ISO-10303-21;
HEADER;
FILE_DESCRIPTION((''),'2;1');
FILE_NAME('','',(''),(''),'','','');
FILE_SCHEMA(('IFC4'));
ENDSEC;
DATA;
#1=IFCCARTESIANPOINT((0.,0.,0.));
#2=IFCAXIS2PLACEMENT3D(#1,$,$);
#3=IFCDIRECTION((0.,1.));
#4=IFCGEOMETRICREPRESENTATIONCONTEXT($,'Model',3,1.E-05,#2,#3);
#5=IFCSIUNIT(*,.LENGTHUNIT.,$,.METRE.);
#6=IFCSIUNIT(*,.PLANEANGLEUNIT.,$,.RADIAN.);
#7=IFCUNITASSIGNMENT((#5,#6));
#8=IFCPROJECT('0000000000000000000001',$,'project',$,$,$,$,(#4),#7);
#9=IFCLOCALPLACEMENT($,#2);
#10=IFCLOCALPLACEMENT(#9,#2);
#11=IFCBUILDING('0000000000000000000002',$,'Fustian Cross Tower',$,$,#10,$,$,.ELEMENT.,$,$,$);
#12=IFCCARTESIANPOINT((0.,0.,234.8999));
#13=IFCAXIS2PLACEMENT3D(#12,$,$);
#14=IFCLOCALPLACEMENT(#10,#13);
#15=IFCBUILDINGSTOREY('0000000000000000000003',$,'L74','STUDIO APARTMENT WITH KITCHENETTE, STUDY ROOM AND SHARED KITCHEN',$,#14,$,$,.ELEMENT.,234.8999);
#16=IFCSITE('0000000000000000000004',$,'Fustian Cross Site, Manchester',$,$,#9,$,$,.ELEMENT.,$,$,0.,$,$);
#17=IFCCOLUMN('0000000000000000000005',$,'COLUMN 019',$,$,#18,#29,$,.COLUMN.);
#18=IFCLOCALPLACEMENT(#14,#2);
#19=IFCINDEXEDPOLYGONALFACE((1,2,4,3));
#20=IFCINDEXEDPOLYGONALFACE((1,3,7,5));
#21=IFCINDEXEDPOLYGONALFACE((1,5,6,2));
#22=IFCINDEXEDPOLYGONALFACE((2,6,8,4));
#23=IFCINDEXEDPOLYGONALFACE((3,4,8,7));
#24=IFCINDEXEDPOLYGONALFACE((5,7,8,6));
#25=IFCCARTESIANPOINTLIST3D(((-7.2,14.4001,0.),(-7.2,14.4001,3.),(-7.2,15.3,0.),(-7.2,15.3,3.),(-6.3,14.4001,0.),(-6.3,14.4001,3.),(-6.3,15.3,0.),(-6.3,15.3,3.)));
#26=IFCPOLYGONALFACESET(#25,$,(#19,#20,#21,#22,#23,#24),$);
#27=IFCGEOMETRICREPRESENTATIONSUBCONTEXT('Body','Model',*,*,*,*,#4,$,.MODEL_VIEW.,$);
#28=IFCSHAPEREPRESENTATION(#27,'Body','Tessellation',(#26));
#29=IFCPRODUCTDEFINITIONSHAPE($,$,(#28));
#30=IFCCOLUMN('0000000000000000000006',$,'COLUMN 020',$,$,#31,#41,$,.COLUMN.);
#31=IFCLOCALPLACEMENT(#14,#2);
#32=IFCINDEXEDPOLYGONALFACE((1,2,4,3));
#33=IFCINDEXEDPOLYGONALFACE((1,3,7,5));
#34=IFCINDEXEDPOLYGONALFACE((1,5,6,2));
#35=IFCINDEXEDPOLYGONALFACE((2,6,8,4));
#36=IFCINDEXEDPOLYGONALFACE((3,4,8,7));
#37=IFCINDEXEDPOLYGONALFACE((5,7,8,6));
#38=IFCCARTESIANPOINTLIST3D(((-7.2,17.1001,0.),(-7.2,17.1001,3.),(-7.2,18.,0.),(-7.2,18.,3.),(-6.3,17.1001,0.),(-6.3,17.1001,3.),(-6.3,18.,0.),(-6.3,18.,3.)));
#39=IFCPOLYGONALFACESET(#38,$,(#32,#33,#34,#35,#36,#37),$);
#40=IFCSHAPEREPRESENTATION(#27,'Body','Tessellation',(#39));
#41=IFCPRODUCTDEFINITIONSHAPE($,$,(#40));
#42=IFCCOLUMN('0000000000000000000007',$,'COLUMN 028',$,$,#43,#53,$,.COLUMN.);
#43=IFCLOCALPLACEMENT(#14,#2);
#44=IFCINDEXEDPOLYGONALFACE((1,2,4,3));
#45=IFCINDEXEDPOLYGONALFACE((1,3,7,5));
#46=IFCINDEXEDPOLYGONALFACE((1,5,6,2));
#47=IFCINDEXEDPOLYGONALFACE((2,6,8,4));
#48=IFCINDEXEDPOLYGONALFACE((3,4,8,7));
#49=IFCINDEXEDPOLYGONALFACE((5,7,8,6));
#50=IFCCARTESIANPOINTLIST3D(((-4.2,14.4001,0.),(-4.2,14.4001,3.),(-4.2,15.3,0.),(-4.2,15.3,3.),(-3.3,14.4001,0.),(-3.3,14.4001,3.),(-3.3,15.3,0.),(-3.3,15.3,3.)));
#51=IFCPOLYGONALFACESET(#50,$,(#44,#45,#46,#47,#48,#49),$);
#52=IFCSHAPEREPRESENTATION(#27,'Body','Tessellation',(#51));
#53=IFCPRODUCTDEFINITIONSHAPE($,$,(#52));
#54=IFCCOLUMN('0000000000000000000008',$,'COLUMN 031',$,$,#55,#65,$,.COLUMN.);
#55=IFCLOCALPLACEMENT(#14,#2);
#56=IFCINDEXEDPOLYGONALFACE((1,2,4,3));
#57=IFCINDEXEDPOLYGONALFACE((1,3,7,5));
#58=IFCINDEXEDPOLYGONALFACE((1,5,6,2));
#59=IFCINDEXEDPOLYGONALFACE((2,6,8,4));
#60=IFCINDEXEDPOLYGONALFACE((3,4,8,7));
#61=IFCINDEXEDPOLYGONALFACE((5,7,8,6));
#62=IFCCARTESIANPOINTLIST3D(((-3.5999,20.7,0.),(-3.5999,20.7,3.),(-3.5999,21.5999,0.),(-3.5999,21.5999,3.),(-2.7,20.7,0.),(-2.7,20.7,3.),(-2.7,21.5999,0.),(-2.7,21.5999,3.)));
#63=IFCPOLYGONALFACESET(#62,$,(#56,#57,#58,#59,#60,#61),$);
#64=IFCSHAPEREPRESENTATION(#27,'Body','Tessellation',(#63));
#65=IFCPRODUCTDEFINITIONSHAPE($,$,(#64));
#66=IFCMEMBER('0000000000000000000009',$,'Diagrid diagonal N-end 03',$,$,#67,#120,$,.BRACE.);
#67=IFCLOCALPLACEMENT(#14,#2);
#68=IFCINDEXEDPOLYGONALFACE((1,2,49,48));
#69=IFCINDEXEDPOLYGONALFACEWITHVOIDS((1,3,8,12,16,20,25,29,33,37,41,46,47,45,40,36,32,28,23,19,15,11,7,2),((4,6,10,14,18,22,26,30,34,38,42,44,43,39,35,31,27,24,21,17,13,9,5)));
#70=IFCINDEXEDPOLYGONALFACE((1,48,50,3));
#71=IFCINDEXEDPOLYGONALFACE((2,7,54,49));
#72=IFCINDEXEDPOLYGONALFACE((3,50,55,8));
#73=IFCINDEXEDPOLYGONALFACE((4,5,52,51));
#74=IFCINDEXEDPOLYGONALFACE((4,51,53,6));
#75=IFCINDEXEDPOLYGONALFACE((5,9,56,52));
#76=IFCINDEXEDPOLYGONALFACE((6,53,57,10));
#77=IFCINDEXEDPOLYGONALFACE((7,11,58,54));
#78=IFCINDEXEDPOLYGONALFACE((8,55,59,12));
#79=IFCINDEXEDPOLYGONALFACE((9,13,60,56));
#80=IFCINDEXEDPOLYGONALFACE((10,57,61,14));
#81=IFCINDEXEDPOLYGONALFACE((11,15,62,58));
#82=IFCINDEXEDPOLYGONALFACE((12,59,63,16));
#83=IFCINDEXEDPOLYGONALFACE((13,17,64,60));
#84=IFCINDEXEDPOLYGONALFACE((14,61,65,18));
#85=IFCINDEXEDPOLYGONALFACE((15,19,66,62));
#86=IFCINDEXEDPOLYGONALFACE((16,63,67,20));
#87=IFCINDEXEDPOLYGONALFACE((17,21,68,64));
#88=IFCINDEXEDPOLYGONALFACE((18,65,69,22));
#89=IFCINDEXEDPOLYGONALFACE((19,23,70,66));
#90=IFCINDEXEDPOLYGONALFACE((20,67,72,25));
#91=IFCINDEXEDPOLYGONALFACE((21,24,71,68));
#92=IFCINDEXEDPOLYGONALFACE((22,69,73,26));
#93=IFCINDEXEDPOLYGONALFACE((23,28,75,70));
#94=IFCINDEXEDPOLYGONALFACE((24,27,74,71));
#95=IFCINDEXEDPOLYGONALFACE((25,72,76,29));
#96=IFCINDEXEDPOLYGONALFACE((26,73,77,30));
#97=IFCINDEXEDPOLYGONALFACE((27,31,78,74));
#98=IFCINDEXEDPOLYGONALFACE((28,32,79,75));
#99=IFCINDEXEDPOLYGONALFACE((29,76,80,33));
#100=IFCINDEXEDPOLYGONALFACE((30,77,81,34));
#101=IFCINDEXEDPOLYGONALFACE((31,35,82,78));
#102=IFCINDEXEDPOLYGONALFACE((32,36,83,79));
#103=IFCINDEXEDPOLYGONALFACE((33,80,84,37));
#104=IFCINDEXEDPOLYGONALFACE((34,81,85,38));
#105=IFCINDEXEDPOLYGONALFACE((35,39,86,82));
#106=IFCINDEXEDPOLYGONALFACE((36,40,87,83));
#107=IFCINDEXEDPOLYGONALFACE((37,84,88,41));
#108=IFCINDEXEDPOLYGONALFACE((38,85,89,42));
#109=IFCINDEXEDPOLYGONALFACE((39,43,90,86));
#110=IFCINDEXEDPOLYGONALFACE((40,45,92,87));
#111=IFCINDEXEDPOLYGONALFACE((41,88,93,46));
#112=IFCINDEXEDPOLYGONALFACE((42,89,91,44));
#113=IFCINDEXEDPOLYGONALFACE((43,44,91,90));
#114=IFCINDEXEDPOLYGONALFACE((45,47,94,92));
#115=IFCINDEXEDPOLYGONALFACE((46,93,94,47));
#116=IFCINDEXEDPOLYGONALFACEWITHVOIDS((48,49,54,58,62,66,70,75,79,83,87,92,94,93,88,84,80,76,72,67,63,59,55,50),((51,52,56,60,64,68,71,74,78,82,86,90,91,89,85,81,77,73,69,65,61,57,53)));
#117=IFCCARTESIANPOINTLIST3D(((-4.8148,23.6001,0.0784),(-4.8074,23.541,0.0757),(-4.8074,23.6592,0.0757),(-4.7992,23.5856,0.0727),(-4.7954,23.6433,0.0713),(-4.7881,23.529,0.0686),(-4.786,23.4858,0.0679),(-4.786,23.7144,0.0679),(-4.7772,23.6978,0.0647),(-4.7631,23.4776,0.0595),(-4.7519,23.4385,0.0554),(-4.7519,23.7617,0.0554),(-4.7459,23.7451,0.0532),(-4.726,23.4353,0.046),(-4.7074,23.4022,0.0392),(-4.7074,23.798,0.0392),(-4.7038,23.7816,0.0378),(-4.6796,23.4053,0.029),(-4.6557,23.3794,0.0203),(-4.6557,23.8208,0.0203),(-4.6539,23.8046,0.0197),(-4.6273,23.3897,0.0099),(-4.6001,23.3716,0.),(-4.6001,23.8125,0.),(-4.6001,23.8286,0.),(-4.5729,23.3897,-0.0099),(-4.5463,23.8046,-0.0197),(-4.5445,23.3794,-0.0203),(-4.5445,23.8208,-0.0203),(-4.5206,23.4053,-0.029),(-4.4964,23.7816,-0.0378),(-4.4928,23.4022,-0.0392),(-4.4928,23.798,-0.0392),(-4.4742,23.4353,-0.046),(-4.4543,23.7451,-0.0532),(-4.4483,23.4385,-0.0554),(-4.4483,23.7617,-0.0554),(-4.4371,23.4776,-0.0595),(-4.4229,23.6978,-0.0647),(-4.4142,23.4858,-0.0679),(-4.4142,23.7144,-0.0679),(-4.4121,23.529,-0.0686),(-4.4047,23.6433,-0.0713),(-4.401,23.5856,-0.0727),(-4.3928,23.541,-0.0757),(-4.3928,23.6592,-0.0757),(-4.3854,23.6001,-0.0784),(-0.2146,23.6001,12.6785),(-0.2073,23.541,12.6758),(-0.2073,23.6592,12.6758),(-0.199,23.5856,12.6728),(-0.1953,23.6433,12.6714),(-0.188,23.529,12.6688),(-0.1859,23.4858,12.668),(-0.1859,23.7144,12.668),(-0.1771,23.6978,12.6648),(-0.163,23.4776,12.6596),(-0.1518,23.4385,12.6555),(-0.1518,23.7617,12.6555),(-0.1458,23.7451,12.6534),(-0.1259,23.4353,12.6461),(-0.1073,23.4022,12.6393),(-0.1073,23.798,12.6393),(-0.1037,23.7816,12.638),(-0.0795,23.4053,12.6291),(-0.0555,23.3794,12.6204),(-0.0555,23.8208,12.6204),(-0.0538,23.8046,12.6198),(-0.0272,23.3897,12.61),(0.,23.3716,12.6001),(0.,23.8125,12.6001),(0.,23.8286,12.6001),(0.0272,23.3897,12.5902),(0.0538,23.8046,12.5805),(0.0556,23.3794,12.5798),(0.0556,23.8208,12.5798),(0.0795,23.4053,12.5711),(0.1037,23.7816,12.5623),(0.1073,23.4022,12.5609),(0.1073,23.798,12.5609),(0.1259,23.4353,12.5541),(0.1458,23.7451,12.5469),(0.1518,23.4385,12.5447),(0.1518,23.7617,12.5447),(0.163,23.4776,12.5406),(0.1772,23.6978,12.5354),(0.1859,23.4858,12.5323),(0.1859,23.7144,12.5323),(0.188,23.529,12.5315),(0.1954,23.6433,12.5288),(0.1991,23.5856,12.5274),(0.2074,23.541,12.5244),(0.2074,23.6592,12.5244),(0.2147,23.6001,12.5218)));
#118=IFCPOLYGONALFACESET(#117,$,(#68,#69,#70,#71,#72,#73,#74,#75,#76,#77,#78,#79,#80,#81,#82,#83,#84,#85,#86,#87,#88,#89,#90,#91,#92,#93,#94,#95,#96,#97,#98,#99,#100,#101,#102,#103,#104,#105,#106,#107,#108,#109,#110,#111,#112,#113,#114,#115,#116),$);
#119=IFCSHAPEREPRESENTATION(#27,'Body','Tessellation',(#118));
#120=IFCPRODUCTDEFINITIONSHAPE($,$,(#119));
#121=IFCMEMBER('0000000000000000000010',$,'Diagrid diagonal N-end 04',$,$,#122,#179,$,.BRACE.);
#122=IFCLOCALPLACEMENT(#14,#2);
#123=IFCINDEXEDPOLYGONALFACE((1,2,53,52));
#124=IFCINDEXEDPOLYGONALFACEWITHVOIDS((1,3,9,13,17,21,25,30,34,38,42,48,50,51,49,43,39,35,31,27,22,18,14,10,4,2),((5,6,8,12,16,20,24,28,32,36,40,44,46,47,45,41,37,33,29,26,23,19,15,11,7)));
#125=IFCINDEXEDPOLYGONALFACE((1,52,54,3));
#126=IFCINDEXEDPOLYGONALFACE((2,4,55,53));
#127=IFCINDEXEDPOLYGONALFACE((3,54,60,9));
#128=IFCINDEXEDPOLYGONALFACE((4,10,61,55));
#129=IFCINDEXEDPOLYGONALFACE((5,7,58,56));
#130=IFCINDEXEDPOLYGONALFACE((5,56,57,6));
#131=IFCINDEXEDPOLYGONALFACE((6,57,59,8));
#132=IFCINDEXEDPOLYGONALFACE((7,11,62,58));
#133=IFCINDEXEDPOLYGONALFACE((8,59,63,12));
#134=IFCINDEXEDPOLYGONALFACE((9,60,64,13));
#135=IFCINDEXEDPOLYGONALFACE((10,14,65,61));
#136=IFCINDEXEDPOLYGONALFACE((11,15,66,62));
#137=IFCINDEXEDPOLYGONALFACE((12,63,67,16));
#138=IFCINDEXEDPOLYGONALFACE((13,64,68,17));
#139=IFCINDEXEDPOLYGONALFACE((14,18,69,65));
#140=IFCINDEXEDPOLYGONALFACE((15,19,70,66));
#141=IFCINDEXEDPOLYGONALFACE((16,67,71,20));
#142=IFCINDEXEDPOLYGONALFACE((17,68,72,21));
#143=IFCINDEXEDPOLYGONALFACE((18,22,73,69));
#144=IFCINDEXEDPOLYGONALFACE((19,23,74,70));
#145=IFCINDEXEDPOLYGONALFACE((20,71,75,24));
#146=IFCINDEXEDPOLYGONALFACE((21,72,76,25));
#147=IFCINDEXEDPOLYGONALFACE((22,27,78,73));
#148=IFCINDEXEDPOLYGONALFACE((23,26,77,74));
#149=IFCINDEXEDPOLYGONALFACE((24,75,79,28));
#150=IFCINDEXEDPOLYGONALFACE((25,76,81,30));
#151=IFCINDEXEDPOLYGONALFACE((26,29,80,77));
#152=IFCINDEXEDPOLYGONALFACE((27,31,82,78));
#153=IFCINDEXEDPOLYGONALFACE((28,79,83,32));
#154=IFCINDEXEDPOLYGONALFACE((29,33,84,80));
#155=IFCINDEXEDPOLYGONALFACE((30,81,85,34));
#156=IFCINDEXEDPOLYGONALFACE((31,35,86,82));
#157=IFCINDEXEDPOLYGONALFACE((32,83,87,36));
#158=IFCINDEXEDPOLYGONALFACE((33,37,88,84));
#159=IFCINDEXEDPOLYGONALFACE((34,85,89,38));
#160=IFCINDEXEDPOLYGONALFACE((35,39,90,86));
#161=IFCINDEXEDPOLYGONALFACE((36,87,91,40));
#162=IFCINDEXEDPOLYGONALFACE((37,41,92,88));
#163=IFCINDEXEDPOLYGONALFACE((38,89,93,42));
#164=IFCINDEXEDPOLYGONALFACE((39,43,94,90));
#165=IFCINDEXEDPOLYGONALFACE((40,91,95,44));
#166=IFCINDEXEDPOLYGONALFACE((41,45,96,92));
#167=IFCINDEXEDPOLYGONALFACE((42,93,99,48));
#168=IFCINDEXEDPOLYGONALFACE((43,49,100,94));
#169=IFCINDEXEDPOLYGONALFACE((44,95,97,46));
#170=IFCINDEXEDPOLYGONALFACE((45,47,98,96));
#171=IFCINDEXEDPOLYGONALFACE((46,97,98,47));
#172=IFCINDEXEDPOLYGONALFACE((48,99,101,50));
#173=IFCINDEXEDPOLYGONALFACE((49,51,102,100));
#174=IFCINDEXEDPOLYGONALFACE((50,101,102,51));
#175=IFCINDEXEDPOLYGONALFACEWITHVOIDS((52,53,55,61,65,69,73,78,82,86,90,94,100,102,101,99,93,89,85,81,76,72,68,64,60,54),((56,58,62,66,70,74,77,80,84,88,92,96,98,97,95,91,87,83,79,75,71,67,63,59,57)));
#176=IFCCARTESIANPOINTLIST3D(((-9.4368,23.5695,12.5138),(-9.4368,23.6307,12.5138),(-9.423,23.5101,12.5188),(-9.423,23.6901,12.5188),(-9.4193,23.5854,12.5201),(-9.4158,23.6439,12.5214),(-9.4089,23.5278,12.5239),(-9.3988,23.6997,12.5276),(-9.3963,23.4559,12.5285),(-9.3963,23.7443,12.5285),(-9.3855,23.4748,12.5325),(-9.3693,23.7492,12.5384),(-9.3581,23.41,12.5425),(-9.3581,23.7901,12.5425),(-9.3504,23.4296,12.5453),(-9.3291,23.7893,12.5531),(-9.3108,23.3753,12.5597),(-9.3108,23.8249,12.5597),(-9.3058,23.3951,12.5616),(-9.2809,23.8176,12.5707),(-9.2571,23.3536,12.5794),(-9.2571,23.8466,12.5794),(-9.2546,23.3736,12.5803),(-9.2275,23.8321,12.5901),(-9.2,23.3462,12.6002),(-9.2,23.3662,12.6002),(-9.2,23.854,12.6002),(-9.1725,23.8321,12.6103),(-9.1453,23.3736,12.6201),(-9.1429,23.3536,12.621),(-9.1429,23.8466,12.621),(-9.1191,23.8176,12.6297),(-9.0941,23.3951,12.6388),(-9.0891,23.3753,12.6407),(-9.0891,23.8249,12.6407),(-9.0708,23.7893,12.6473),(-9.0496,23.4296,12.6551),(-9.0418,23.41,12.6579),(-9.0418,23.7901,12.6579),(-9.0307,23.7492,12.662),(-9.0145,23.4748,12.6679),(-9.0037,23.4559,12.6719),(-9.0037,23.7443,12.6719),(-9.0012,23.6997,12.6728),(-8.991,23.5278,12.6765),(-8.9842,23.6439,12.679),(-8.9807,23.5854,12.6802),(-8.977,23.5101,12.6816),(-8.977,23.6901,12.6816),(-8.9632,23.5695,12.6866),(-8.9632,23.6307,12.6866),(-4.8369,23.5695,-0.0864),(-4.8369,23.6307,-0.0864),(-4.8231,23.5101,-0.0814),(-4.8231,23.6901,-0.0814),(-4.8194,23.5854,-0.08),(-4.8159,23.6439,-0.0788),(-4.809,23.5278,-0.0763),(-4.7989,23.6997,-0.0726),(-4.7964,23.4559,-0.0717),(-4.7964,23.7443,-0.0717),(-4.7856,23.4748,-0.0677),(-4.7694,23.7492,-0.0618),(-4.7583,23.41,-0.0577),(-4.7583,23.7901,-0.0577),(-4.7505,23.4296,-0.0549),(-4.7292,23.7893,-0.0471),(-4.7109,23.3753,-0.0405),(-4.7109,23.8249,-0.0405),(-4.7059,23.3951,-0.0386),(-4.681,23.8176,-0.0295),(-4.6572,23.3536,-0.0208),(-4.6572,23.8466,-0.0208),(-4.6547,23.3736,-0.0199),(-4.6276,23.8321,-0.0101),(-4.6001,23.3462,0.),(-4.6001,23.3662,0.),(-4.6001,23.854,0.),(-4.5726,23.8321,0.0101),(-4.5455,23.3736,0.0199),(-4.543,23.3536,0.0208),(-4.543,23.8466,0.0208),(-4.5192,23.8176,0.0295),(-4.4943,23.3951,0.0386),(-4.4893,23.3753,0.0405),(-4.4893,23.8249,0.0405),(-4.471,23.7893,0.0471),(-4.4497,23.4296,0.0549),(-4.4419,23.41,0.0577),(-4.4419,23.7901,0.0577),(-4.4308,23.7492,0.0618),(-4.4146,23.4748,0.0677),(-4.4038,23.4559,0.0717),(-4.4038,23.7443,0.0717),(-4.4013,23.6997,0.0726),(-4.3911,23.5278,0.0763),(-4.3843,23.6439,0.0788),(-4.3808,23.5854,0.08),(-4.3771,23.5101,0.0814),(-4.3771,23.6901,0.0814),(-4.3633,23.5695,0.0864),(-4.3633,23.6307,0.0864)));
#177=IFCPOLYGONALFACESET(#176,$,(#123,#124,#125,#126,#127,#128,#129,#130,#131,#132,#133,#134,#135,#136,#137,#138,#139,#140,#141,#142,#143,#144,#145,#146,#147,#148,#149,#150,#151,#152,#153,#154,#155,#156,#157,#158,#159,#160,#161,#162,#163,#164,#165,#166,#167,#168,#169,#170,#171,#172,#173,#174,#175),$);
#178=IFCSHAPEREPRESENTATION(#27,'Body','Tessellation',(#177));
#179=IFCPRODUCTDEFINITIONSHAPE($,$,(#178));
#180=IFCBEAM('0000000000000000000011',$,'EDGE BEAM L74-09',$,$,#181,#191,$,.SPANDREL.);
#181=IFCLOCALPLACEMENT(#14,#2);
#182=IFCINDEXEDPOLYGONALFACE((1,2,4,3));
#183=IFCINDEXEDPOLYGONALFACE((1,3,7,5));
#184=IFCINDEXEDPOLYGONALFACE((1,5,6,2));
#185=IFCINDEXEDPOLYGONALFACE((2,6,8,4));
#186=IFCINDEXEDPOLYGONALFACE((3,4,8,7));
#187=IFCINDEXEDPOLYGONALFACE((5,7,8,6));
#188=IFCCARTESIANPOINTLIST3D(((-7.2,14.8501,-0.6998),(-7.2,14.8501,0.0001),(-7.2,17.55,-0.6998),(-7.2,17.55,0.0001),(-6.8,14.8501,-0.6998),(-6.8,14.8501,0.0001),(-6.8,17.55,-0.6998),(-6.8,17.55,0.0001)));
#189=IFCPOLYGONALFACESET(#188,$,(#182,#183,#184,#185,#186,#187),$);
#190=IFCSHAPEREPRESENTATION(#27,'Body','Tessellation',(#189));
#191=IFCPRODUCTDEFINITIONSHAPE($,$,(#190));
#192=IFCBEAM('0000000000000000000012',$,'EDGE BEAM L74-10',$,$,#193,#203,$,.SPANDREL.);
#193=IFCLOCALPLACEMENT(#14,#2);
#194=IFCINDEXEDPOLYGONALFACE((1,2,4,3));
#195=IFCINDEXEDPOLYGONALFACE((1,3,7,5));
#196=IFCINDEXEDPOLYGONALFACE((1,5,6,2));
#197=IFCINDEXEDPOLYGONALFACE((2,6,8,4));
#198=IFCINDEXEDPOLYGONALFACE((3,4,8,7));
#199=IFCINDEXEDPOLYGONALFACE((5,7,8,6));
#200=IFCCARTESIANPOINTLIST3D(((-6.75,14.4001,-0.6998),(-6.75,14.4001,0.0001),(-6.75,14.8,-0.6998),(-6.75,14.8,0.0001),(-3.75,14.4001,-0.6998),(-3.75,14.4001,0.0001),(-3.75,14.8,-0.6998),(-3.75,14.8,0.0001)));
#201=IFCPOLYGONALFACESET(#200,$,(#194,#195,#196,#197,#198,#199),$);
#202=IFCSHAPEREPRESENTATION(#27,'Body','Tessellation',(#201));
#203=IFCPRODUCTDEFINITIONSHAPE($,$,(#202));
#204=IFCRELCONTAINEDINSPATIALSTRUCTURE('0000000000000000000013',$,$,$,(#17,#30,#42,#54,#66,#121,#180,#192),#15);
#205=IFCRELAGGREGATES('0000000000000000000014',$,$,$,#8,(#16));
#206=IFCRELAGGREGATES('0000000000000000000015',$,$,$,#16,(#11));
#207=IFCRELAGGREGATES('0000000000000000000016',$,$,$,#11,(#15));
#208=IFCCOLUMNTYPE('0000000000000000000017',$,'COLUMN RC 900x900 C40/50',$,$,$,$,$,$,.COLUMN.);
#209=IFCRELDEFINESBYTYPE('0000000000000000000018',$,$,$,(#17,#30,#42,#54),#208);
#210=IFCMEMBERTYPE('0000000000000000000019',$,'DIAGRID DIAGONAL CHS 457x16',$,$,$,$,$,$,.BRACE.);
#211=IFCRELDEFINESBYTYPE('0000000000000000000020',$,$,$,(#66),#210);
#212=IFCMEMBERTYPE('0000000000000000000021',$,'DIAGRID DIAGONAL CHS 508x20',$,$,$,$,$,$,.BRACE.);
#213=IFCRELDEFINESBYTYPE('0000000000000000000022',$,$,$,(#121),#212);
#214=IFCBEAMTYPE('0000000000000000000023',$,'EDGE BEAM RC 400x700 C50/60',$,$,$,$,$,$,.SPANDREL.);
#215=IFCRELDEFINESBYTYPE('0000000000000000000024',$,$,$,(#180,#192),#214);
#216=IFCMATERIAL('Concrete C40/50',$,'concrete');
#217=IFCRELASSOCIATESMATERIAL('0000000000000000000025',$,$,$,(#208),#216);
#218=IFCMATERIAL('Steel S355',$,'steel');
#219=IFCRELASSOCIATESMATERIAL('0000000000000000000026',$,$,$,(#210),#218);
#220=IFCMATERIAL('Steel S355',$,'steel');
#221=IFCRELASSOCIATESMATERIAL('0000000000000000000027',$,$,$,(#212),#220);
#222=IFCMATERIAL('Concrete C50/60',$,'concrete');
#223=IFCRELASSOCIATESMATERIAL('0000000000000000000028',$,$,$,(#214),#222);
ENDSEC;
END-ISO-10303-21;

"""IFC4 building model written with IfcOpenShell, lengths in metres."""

from ifc_helpers import new_model, si_unit, direction, frame, origin, origin_2d, place, context, subcontext, project, spatial, rectangle, hollow_circle, extrude, material, material_profile, profile_set, type_object, element, save


model = new_model("IFC4")

# Units and contexts
model_context = context("Model", 3, precision=1e-05, world=origin(), true_north=direction((0.0, 1.0)))
body_context = subcontext(model_context, "Body", "Model", "MODEL_VIEW")
ifc_project = project(units=[si_unit("LENGTHUNIT", "METRE"), si_unit("PLANEANGLEUNIT", "RADIAN")], contexts=[model_context])

# Site, building, storey
site_placement = place(None, origin())
site = spatial("IfcSite", under=ifc_project, at=site_placement, Name="Fustian Cross Site, Manchester", CompositionType="ELEMENT", RefElevation=0.0)
building_placement = place(site_placement, origin())
building = spatial("IfcBuilding", under=site, at=building_placement, Name="Fustian Cross Tower", CompositionType="ELEMENT")
storey_placement = place(building_placement, frame((0.0, 0.0, 234.8999)))
storey = spatial("IfcBuildingStorey", under=building, at=storey_placement, Name="L74", Description="STUDIO APARTMENT WITH KITCHENETTE, STUDY ROOM AND SHARED KITCHEN", CompositionType="ELEMENT", Elevation=234.8999)

# Columns
ifc_material_1 = material(Name="Concrete C40/50", Category="concrete")
ifc_material_profile_1 = material_profile(ifc_material_1, rectangle(XDim=0.8999, YDim=0.8999, at=origin_2d()), Name="RC 900x900")
ifc_profile_set_1 = profile_set([ifc_material_profile_1], Name="Concrete C40/50")
column_type = type_object("IfcColumnType", Name="COLUMN RC 900x900 C40/50", PredefinedType="COLUMN", material=ifc_profile_set_1)
for number, where, z_axis, x_axis, name in (
    (1, (-6.75, 14.8501, 0.0), (0.0, 0.0, 1.0), (1.0, 0.0, 0.0), "COLUMN 019"),
    (2, (-6.75, 17.55, 0.0), (0.0, 0.0, 1.0), (1.0, 0.0, 0.0), "COLUMN 020"),
    (3, (-3.75, 14.8501, 0.0), (0.0, 0.0, 1.0), (1.0, 0.0, 0.0), "COLUMN 028"),
    (4, (-3.1499, 21.1499, 0.0), (0.0, 0.0, 1.0), (1.0, 0.0, 0.0), "COLUMN 031"),
):
    element("IfcColumn", number, at=place(storey_placement, frame(where, z_axis=z_axis, x_axis=x_axis)), inside=storey, type_object=column_type, Name=name, PredefinedType="COLUMN", context=body_context, shape_type="SweptSolid", body=[
        extrude(rectangle(XDim=0.8999, YDim=0.8999, at=origin_2d()), origin(), (0.0, 0.0, 1.0), 3.0),
    ])

# Members
ifc_material_2 = material(Name="Steel S355", Category="steel")
ifc_material_profile_2 = material_profile(ifc_material_2, hollow_circle(Radius=0.2285, WallThickness=0.0161, at=origin_2d()), Name="CHS 457x16")
ifc_profile_set_2 = profile_set([ifc_material_profile_2], Name="Steel S355")
member_type_1 = type_object("IfcMemberType", Name="DIAGRID DIAGONAL CHS 457x16", PredefinedType="BRACE", material=ifc_profile_set_2)
member_1_placement = place(storey_placement, frame((-4.6001, 23.6001, 0.0), z_axis=(0.342944, 0.0, 0.939356), x_axis=(0.0, 1.0, 0.0)))
element("IfcMember", 5, at=member_1_placement, inside=storey, type_object=member_type_1, Name="Diagrid diagonal N-end 03", PredefinedType="BRACE", context=body_context, shape_type="SweptSolid", body=[
    extrude(hollow_circle(Radius=0.2285, WallThickness=0.0161, at=origin_2d()), origin(), (0.0, 0.0, 1.0), 13.4136),
])
ifc_material_3 = material(Name="Steel S355", Category="steel")
ifc_material_profile_3 = material_profile(ifc_material_3, hollow_circle(Radius=0.2539, WallThickness=0.02, at=origin_2d()), Name="CHS 508x20")
ifc_profile_set_3 = profile_set([ifc_material_profile_3], Name="Steel S355")
member_type_2 = type_object("IfcMemberType", Name="DIAGRID DIAGONAL CHS 508x20", PredefinedType="BRACE", material=ifc_profile_set_3)
member_2_placement = place(storey_placement, frame((-4.6001, 23.6001, 0.0), z_axis=(-0.342928, 0.0, 0.939362), x_axis=(0.0, -1.0, 0.0)))
element("IfcMember", 6, at=member_2_placement, inside=storey, type_object=member_type_2, Name="Diagrid diagonal N-end 04", PredefinedType="BRACE", context=body_context, shape_type="SweptSolid", body=[
    extrude(hollow_circle(Radius=0.2539, WallThickness=0.02, at=origin_2d()), origin(), (0.0, 0.0, 1.0), 13.4136),
])

# Beams
ifc_material_4 = material(Name="Concrete C50/60", Category="concrete")
ifc_material_profile_4 = material_profile(ifc_material_4, rectangle(XDim=0.3999, YDim=0.7, at=origin_2d()), Name="RC 400x700")
ifc_profile_set_4 = profile_set([ifc_material_profile_4], Name="Concrete C50/60")
beam_type = type_object("IfcBeamType", Name="EDGE BEAM RC 400x700 C50/60", PredefinedType="SPANDREL", material=ifc_profile_set_4)
beam_1_placement = place(storey_placement, frame((-7.0, 17.55, -0.3499), z_axis=(0.0, -1.0, 0.0), x_axis=(1.0, 0.0, 0.0)))
element("IfcBeam", 7, at=beam_1_placement, inside=storey, type_object=beam_type, Name="EDGE BEAM L74-09", PredefinedType="SPANDREL", context=body_context, shape_type="SweptSolid", body=[
    extrude(rectangle(XDim=0.3999, YDim=0.7, at=origin_2d()), origin(), (0.0, 0.0, 1.0), 2.7),
])
beam_2_placement = place(storey_placement, frame((-6.75, 14.6001, -0.3499), z_axis=(1.0, 0.0, 0.0), x_axis=(0.0, 1.0, 0.0)))
element("IfcBeam", 8, at=beam_2_placement, inside=storey, type_object=beam_type, Name="EDGE BEAM L74-10", PredefinedType="SPANDREL", context=body_context, shape_type="SweptSolid", body=[
    extrude(rectangle(XDim=0.3999, YDim=0.7, at=origin_2d()), origin(), (0.0, 0.0, 1.0), 3.0),
])

save(model, "model.ifc")
